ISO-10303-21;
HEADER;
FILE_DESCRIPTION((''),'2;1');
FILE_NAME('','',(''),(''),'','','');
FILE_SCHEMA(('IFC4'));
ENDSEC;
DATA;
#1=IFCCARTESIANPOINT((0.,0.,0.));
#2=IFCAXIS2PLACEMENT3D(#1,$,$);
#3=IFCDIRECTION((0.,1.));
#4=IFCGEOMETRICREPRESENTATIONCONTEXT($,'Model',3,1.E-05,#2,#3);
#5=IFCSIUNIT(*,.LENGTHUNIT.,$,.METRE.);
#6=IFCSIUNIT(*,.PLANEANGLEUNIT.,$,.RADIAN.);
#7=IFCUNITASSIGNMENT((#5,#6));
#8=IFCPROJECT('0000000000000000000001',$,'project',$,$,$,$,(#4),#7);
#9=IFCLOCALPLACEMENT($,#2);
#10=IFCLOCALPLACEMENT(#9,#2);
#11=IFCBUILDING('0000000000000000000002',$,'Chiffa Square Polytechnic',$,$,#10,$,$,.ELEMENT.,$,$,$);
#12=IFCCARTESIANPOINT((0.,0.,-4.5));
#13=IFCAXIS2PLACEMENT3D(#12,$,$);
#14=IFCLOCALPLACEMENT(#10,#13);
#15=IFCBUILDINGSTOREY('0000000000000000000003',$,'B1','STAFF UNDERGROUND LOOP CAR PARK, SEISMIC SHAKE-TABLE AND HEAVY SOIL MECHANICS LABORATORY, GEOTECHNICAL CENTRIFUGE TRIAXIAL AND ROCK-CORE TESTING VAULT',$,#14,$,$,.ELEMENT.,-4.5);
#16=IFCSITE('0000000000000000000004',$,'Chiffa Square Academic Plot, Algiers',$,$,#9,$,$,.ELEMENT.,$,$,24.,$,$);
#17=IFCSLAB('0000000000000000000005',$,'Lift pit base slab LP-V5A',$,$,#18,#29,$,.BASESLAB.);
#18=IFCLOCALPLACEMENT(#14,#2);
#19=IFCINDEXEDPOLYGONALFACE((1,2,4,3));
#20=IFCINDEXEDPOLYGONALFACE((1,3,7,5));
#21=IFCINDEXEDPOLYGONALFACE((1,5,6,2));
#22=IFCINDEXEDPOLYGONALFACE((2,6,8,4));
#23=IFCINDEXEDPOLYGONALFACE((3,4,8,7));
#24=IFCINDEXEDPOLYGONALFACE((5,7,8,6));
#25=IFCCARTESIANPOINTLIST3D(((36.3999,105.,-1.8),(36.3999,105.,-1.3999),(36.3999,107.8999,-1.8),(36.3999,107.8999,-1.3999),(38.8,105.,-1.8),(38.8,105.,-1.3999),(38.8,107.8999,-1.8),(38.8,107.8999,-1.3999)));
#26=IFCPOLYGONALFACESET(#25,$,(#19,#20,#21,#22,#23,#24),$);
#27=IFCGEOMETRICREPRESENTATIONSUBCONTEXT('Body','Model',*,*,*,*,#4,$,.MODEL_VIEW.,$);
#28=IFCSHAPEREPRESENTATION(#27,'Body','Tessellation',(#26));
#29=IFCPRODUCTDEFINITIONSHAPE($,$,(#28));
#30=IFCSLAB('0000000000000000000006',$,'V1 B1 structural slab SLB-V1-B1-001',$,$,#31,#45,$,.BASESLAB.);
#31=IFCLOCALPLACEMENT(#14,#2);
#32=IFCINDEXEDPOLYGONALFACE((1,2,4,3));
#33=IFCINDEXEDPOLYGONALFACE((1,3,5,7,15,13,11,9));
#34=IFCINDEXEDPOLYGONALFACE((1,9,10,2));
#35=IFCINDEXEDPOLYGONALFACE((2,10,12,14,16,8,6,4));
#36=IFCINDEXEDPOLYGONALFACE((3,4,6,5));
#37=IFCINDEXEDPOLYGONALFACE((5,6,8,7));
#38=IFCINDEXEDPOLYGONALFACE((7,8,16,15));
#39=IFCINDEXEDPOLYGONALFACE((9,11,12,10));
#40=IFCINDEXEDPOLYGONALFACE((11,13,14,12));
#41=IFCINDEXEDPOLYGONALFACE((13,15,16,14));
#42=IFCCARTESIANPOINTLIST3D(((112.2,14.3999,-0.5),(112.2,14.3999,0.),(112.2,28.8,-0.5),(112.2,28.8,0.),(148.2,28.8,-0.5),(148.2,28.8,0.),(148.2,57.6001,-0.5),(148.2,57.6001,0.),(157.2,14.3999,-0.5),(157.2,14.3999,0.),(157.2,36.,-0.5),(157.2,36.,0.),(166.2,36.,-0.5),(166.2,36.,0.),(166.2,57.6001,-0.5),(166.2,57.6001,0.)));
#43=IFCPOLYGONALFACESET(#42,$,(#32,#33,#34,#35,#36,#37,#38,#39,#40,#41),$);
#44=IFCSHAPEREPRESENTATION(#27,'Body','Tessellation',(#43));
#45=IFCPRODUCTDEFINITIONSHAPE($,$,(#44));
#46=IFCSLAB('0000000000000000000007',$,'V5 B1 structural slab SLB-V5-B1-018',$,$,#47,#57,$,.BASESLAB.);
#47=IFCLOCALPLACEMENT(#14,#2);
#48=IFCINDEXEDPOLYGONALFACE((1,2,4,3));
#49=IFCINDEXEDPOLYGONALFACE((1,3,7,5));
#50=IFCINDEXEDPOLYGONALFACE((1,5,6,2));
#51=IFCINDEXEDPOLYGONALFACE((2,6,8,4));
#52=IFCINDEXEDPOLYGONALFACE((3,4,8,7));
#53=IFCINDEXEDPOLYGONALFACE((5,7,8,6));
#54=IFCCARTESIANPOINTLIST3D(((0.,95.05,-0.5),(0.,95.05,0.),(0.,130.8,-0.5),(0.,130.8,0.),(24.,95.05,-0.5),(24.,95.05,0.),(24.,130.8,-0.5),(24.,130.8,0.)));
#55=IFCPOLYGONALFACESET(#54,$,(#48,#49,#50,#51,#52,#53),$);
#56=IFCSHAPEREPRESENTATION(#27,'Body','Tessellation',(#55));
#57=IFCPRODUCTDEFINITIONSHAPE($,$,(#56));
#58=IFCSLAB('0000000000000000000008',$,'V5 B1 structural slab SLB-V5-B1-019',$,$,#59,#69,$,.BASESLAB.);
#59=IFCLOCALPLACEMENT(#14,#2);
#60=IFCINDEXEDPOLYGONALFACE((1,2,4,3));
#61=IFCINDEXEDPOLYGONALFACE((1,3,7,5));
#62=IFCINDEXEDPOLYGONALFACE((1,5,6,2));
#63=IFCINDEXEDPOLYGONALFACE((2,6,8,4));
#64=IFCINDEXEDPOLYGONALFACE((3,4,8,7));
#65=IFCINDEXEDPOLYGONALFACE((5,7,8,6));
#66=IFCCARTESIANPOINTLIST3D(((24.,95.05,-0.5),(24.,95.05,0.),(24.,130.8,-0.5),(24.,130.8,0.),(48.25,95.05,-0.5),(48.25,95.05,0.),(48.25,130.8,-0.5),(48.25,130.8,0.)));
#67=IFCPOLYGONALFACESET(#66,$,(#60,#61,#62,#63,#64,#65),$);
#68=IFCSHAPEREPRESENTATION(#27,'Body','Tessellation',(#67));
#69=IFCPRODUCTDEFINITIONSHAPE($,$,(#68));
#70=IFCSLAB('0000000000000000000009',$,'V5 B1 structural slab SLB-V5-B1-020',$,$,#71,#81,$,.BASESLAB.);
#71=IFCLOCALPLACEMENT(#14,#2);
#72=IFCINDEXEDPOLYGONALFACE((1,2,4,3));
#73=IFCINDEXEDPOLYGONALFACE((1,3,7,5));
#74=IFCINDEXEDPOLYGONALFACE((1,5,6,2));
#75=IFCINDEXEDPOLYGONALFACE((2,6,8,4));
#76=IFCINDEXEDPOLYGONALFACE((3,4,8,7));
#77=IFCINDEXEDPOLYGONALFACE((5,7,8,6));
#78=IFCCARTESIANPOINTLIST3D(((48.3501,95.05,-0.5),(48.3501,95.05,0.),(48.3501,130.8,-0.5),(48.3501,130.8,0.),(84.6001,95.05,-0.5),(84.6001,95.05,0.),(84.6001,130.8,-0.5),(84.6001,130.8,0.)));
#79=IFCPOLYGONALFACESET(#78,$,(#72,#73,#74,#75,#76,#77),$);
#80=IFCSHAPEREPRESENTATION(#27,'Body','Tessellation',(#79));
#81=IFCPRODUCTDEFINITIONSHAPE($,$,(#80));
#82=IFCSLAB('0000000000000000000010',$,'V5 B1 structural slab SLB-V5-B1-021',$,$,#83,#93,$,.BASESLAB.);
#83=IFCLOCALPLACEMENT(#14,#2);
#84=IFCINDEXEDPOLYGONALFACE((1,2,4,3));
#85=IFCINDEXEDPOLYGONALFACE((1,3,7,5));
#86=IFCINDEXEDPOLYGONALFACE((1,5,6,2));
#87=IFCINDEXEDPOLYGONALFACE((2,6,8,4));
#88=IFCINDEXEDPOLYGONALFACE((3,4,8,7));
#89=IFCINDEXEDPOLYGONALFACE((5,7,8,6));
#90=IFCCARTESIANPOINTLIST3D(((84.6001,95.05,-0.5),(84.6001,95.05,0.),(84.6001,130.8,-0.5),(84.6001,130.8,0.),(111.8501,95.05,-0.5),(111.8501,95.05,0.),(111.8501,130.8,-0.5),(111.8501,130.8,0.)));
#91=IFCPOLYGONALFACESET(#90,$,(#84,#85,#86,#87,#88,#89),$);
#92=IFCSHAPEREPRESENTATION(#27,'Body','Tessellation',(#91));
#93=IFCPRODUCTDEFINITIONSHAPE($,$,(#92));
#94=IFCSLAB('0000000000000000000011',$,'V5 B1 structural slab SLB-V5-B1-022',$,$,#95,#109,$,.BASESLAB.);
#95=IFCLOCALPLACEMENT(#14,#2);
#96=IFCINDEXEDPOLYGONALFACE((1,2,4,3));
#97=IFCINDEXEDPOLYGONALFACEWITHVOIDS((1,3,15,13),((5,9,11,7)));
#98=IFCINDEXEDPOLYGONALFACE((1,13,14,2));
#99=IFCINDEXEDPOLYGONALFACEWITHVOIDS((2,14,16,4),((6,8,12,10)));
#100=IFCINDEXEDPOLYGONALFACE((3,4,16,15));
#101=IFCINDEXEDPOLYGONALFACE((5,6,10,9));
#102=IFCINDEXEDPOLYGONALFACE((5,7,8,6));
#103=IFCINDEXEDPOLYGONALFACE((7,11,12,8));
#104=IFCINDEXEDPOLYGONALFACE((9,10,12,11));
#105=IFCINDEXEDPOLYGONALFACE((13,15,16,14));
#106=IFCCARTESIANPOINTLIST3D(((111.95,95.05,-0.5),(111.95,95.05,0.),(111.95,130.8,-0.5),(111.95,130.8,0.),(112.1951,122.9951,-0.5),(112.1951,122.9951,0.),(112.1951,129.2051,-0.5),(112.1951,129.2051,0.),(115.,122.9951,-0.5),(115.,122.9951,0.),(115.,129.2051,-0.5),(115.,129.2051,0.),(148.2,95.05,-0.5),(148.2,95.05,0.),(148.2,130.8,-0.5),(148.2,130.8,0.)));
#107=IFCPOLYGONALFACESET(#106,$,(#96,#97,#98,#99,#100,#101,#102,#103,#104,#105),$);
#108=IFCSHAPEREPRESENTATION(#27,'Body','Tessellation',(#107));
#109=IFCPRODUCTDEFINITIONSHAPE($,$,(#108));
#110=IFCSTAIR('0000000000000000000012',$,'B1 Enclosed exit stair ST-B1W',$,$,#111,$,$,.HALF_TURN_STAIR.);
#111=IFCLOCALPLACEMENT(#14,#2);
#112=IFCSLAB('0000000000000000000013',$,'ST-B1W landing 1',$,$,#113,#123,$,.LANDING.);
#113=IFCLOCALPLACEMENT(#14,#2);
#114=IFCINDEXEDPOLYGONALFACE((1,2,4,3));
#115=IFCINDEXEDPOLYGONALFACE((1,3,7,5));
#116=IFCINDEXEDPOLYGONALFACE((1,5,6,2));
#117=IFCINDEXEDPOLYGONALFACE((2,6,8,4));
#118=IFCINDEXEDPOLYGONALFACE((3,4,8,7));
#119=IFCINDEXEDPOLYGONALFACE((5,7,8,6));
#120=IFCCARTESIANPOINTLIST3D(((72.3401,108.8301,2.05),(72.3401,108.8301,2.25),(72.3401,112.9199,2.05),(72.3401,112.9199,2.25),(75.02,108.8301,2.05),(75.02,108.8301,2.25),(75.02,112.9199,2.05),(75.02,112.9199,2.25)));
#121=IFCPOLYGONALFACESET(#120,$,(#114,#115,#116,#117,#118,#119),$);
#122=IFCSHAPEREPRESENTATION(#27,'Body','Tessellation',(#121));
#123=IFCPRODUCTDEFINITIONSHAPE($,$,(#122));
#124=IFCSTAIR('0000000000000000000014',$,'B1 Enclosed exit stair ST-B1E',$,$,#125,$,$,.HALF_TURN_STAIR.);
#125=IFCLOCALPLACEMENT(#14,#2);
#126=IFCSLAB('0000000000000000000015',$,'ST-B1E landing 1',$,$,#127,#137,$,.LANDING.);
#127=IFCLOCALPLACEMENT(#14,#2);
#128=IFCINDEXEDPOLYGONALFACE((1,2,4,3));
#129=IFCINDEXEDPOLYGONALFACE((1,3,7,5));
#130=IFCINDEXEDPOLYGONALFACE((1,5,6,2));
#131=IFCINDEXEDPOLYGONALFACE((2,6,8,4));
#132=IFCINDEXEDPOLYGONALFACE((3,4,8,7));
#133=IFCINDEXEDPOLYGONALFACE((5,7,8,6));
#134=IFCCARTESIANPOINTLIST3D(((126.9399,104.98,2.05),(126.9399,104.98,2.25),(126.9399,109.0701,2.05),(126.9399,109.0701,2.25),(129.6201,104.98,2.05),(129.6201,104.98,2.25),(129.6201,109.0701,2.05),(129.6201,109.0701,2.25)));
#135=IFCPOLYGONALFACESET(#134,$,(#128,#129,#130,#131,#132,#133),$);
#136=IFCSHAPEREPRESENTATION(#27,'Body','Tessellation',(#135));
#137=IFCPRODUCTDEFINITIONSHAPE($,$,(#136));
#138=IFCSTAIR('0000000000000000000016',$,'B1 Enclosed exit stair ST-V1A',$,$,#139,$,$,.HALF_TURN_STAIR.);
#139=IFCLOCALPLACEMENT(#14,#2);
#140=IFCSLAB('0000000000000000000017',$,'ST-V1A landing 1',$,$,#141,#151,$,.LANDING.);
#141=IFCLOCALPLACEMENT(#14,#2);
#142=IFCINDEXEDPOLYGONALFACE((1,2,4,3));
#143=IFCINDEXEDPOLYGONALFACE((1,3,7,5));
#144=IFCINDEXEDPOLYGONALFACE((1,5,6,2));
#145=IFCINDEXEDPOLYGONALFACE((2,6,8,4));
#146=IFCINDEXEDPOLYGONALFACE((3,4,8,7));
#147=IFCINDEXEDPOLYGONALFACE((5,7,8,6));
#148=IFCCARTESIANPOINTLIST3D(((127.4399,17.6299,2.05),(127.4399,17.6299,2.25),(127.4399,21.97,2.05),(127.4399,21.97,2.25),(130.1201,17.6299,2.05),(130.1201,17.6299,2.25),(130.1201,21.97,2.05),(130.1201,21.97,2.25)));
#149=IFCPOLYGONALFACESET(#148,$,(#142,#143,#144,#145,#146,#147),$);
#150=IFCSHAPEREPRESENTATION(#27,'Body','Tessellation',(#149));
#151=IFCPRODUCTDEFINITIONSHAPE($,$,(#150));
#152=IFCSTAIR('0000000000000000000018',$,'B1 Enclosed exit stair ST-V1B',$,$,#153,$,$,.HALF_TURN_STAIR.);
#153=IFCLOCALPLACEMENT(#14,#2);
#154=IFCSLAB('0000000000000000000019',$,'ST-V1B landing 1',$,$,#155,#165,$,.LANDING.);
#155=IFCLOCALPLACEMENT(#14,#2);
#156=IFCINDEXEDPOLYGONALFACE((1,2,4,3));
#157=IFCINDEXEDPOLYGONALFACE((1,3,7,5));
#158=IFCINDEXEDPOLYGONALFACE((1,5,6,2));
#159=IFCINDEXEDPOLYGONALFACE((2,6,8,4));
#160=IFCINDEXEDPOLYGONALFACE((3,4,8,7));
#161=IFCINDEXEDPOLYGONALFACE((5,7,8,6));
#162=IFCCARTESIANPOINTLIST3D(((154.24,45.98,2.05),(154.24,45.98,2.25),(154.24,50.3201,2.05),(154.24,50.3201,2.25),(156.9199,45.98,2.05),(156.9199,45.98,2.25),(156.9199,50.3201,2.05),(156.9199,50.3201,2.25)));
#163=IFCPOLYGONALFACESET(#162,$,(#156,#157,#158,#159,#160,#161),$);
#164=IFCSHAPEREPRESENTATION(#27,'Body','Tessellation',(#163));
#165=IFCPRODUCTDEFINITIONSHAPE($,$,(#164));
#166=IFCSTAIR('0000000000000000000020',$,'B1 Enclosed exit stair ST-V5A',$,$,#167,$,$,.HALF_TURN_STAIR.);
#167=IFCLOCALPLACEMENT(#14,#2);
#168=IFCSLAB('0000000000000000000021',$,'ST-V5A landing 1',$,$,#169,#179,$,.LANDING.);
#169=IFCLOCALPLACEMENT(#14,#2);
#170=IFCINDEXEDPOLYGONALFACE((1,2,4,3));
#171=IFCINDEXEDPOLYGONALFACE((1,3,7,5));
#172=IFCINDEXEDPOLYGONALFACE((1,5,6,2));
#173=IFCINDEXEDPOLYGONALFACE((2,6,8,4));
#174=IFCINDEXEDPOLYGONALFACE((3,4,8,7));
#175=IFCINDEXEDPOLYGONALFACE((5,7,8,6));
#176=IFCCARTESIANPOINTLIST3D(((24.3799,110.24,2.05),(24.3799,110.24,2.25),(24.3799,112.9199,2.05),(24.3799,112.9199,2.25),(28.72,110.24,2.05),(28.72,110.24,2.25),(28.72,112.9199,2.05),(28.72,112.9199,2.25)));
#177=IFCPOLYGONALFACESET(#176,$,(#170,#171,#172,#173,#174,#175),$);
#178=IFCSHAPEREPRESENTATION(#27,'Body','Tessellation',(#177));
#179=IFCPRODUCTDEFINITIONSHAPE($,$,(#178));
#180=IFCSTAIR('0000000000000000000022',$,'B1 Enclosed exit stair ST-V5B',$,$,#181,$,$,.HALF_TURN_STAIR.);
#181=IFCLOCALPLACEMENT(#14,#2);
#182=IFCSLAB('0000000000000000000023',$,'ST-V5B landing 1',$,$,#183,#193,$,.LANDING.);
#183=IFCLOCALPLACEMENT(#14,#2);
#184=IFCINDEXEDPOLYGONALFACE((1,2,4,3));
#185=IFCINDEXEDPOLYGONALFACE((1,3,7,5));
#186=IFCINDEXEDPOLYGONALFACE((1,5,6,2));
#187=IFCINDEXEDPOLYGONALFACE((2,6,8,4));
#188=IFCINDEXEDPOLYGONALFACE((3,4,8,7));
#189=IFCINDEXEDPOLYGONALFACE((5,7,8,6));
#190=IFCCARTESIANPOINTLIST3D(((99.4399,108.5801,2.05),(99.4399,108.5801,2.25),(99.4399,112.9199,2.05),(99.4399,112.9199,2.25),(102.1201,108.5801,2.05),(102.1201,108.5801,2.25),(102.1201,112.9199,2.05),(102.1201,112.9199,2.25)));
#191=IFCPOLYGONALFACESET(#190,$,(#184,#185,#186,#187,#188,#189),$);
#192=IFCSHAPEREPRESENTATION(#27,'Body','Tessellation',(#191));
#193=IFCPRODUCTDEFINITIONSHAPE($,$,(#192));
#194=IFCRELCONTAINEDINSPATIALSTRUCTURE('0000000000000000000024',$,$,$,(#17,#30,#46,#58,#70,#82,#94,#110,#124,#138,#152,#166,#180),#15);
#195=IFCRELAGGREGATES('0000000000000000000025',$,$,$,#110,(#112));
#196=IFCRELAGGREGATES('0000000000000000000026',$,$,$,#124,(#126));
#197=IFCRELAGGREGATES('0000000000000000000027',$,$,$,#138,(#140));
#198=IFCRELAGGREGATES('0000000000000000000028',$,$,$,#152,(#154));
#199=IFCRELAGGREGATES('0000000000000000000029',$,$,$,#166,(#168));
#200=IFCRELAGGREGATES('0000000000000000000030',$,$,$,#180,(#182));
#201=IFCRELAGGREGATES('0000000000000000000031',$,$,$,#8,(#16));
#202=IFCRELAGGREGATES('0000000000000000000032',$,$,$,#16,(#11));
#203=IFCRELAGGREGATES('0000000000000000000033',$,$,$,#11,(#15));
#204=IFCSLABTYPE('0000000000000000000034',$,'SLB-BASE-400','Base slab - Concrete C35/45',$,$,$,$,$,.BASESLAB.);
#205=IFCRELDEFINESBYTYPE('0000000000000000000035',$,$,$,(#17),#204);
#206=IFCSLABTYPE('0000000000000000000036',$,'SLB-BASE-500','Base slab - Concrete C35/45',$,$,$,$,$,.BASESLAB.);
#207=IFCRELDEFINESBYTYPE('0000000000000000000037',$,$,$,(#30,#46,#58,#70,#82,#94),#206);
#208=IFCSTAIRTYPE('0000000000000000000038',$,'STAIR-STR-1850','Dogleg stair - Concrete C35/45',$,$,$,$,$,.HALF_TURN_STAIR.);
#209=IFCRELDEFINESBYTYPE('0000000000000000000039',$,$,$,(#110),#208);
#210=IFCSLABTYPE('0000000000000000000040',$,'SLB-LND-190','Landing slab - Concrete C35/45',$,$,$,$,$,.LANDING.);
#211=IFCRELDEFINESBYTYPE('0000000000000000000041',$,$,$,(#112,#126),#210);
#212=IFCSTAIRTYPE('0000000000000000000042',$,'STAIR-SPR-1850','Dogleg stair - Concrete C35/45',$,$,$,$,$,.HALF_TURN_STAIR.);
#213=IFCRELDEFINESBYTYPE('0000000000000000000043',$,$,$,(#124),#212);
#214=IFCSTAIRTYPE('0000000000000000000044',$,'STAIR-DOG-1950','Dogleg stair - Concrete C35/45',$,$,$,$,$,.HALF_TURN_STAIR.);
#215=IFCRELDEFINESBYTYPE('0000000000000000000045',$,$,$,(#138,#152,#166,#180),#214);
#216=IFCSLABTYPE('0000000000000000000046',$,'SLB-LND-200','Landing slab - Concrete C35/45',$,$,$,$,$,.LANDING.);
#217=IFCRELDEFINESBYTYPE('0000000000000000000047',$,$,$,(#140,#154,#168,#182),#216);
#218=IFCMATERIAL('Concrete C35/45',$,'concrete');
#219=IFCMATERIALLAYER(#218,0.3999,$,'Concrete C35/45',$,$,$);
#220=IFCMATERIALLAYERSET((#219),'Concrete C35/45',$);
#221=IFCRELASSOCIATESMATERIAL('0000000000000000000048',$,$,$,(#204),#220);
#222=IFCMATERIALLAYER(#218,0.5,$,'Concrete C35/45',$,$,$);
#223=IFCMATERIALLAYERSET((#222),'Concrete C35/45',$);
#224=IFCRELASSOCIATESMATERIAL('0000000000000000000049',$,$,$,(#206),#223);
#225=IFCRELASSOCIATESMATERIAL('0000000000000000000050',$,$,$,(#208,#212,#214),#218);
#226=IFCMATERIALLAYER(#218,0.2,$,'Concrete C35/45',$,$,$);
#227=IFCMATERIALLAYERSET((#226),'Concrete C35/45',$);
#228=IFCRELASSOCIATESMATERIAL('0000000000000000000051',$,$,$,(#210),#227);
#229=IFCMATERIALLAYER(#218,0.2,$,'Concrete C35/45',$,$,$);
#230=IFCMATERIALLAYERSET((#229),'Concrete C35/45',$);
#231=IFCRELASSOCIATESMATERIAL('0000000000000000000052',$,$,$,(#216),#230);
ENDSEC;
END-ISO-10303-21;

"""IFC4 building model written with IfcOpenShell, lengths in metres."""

from ifc_helpers import new_model, si_unit, direction, frame, origin, place, context, subcontext, project, spatial, polyline, outline, extrude, material, layer, layer_set, type_object, element, aggregate, save


model = new_model("IFC4")

# Units and contexts
model_context = context("Model", 3, precision=1e-05, world=origin(), true_north=direction((0.0, 1.0)))
body_context = subcontext(model_context, "Body", "Model", "MODEL_VIEW")
ifc_project = project(units=[si_unit("LENGTHUNIT", "METRE"), si_unit("PLANEANGLEUNIT", "RADIAN")], contexts=[model_context])

# Site, building, storey
site_placement = place(None, origin())
site = spatial("IfcSite", under=ifc_project, at=site_placement, Name="Chiffa Square Academic Plot, Algiers", CompositionType="ELEMENT", RefElevation=24.0)
building_placement = place(site_placement, origin())
building = spatial("IfcBuilding", under=site, at=building_placement, Name="Chiffa Square Polytechnic", CompositionType="ELEMENT")
storey_placement = place(building_placement, frame((0.0, 0.0, -4.5)))
storey = spatial("IfcBuildingStorey", under=building, at=storey_placement, Name="B1", Description="STAFF UNDERGROUND LOOP CAR PARK, SEISMIC SHAKE-TABLE AND HEAVY SOIL MECHANICS LABORATORY, GEOTECHNICAL CENTRIFUGE TRIAXIAL AND ROCK-CORE TESTING VAULT", CompositionType="ELEMENT", Elevation=-4.5)

# Shared definitions
ifc_material_1 = material(Name="Concrete C35/45", Category="concrete")

# Slabs
ifc_layer_1 = layer(ifc_material_1, 0.3999, Name="Concrete C35/45")
ifc_layer_set_1 = layer_set([ifc_layer_1], Name="Concrete C35/45")
slab_type_1 = type_object("IfcSlabType", Name="SLB-BASE-400", Description="Base slab - Concrete C35/45", PredefinedType="BASESLAB", material=ifc_layer_set_1)
slab_1_placement = place(storey_placement, frame((0.0, 0.0, -1.8)))
element("IfcSlab", 1, at=slab_1_placement, inside=storey, type_object=slab_type_1, Name="Lift pit base slab LP-V5A", PredefinedType="BASESLAB", context=body_context, shape_type="SweptSolid", body=[
    extrude(outline(polyline([(36.3999, 105.0), (38.8, 105.0), (38.8, 107.8999), (36.3999, 107.8999), (36.3999, 105.0)])), origin(), (0.0, 0.0, 1.0), 0.4001),
])
ifc_layer_2 = layer(ifc_material_1, 0.5, Name="Concrete C35/45")
ifc_layer_set_2 = layer_set([ifc_layer_2], Name="Concrete C35/45")
slab_type_2 = type_object("IfcSlabType", Name="SLB-BASE-500", Description="Base slab - Concrete C35/45", PredefinedType="BASESLAB", material=ifc_layer_set_2)
slab_2_placement = place(storey_placement, frame((0.0, 0.0, -0.5)))
element("IfcSlab", 2, at=slab_2_placement, inside=storey, type_object=slab_type_2, Name="V1 B1 structural slab SLB-V1-B1-001", PredefinedType="BASESLAB", context=body_context, shape_type="SweptSolid", body=[
    extrude(outline(polyline([(112.2, 28.8), (148.2, 28.8), (148.2, 57.6001), (166.2, 57.6001), (166.2, 36.0), (157.2, 36.0), (157.2, 14.3999), (112.2, 14.3999), (112.2, 28.8)])), origin(), (0.0, 0.0, 1.0), 0.5),
])
slab_3_placement = place(storey_placement, frame((0.0, 0.0, -0.5)))
element("IfcSlab", 3, at=slab_3_placement, inside=storey, type_object=slab_type_2, Name="V5 B1 structural slab SLB-V5-B1-018", PredefinedType="BASESLAB", context=body_context, shape_type="SweptSolid", body=[
    extrude(outline(polyline([(0.0, 95.05), (0.0, 130.8), (24.0, 130.8), (24.0, 95.05), (0.0, 95.05)])), origin(), (0.0, 0.0, 1.0), 0.5),
])
slab_4_placement = place(storey_placement, frame((0.0, 0.0, -0.5)))
element("IfcSlab", 4, at=slab_4_placement, inside=storey, type_object=slab_type_2, Name="V5 B1 structural slab SLB-V5-B1-019", PredefinedType="BASESLAB", context=body_context, shape_type="SweptSolid", body=[
    extrude(outline(polyline([(24.0, 95.05), (24.0, 130.8), (48.25, 130.8), (48.25, 95.05), (24.0, 95.05)])), origin(), (0.0, 0.0, 1.0), 0.5),
])
slab_5_placement = place(storey_placement, frame((0.0, 0.0, -0.5)))
element("IfcSlab", 5, at=slab_5_placement, inside=storey, type_object=slab_type_2, Name="V5 B1 structural slab SLB-V5-B1-020", PredefinedType="BASESLAB", context=body_context, shape_type="SweptSolid", body=[
    extrude(outline(polyline([(48.3501, 95.05), (48.3501, 130.8), (84.6001, 130.8), (84.6001, 95.05), (48.3501, 95.05)])), origin(), (0.0, 0.0, 1.0), 0.5),
])
slab_6_placement = place(storey_placement, frame((0.0, 0.0, -0.5)))
element("IfcSlab", 6, at=slab_6_placement, inside=storey, type_object=slab_type_2, Name="V5 B1 structural slab SLB-V5-B1-021", PredefinedType="BASESLAB", context=body_context, shape_type="SweptSolid", body=[
    extrude(outline(polyline([(84.6001, 95.05), (84.6001, 130.8), (111.8501, 130.8), (111.8501, 95.05), (84.6001, 95.05)])), origin(), (0.0, 0.0, 1.0), 0.5),
])
slab_7_placement = place(storey_placement, frame((0.0, 0.0, -0.5)))
element("IfcSlab", 7, at=slab_7_placement, inside=storey, type_object=slab_type_2, Name="V5 B1 structural slab SLB-V5-B1-022", PredefinedType="BASESLAB", context=body_context, shape_type="SweptSolid", body=[
    extrude(outline(polyline([(148.2, 130.8), (148.2, 95.05), (111.95, 95.05), (111.95, 130.8), (148.2, 130.8)]), holes=[polyline([(112.1951, 129.2051), (115.0, 129.2051), (115.0, 122.9951), (112.1951, 122.9951), (112.1951, 129.2051)])]), origin(), (0.0, 0.0, 1.0), 0.5),
])

# Stairs, slabs
stair_type_1 = type_object("IfcStairType", Name="STAIR-STR-1850", Description="Dogleg stair - Concrete C35/45", PredefinedType="HALF_TURN_STAIR", material=ifc_material_1)
stair_1_placement = place(storey_placement, origin())
stair_1 = element("IfcStair", 8, at=stair_1_placement, inside=storey, type_object=stair_type_1, Name="B1 Enclosed exit stair ST-B1W", PredefinedType="HALF_TURN_STAIR")
ifc_layer_3 = layer(ifc_material_1, 0.2, Name="Concrete C35/45")
ifc_layer_set_3 = layer_set([ifc_layer_3], Name="Concrete C35/45")
slab_type_3 = type_object("IfcSlabType", Name="SLB-LND-190", Description="Landing slab - Concrete C35/45", PredefinedType="LANDING", material=ifc_layer_set_3)
slab_8_placement = place(storey_placement, frame((0.0, 0.0, 2.05)))
slab_8 = element("IfcSlab", 9, at=slab_8_placement, type_object=slab_type_3, Name="ST-B1W landing 1", PredefinedType="LANDING", context=body_context, shape_type="SweptSolid", body=[
    extrude(outline(polyline([(72.3401, 108.8301), (72.3401, 112.9199), (75.02, 112.9199), (75.02, 108.8301), (72.3401, 108.8301)])), origin(), (0.0, 0.0, 1.0), 0.2),
])
aggregate(stair_1, [slab_8])
stair_type_2 = type_object("IfcStairType", Name="STAIR-SPR-1850", Description="Dogleg stair - Concrete C35/45", PredefinedType="HALF_TURN_STAIR", material=ifc_material_1)
stair_2_placement = place(storey_placement, origin())
stair_2 = element("IfcStair", 10, at=stair_2_placement, inside=storey, type_object=stair_type_2, Name="B1 Enclosed exit stair ST-B1E", PredefinedType="HALF_TURN_STAIR")
slab_9_placement = place(storey_placement, frame((0.0, 0.0, 2.05)))
slab_9 = element("IfcSlab", 11, at=slab_9_placement, type_object=slab_type_3, Name="ST-B1E landing 1", PredefinedType="LANDING", context=body_context, shape_type="SweptSolid", body=[
    extrude(outline(polyline([(126.9399, 104.98), (126.9399, 109.0701), (129.6201, 109.0701), (129.6201, 104.98), (126.9399, 104.98)])), origin(), (0.0, 0.0, 1.0), 0.2),
])
aggregate(stair_2, [slab_9])
stair_type_3 = type_object("IfcStairType", Name="STAIR-DOG-1950", Description="Dogleg stair - Concrete C35/45", PredefinedType="HALF_TURN_STAIR", material=ifc_material_1)
stair_3_placement = place(storey_placement, origin())
stair_3 = element("IfcStair", 12, at=stair_3_placement, inside=storey, type_object=stair_type_3, Name="B1 Enclosed exit stair ST-V1A", PredefinedType="HALF_TURN_STAIR")
ifc_layer_4 = layer(ifc_material_1, 0.2, Name="Concrete C35/45")
ifc_layer_set_4 = layer_set([ifc_layer_4], Name="Concrete C35/45")
slab_type_4 = type_object("IfcSlabType", Name="SLB-LND-200", Description="Landing slab - Concrete C35/45", PredefinedType="LANDING", material=ifc_layer_set_4)
slab_10_placement = place(storey_placement, frame((0.0, 0.0, 2.05)))
slab_10 = element("IfcSlab", 13, at=slab_10_placement, type_object=slab_type_4, Name="ST-V1A landing 1", PredefinedType="LANDING", context=body_context, shape_type="SweptSolid", body=[
    extrude(outline(polyline([(127.4399, 17.6299), (127.4399, 21.97), (130.1201, 21.97), (130.1201, 17.6299), (127.4399, 17.6299)])), origin(), (0.0, 0.0, 1.0), 0.2),
])
aggregate(stair_3, [slab_10])
stair_4_placement = place(storey_placement, origin())
stair_4 = element("IfcStair", 14, at=stair_4_placement, inside=storey, type_object=stair_type_3, Name="B1 Enclosed exit stair ST-V1B", PredefinedType="HALF_TURN_STAIR")
slab_11_placement = place(storey_placement, frame((0.0, 0.0, 2.05)))
slab_11 = element("IfcSlab", 15, at=slab_11_placement, type_object=slab_type_4, Name="ST-V1B landing 1", PredefinedType="LANDING", context=body_context, shape_type="SweptSolid", body=[
    extrude(outline(polyline([(154.24, 45.98), (154.24, 50.3201), (156.9199, 50.3201), (156.9199, 45.98), (154.24, 45.98)])), origin(), (0.0, 0.0, 1.0), 0.2),
])
aggregate(stair_4, [slab_11])
stair_5_placement = place(storey_placement, origin())
stair_5 = element("IfcStair", 16, at=stair_5_placement, inside=storey, type_object=stair_type_3, Name="B1 Enclosed exit stair ST-V5A", PredefinedType="HALF_TURN_STAIR")
slab_12_placement = place(storey_placement, frame((0.0, 0.0, 2.05)))
slab_12 = element("IfcSlab", 17, at=slab_12_placement, type_object=slab_type_4, Name="ST-V5A landing 1", PredefinedType="LANDING", context=body_context, shape_type="SweptSolid", body=[
    extrude(outline(polyline([(28.72, 110.24), (24.3799, 110.24), (24.3799, 112.9199), (28.72, 112.9199), (28.72, 110.24)])), origin(), (0.0, 0.0, 1.0), 0.2),
])
aggregate(stair_5, [slab_12])
stair_6_placement = place(storey_placement, origin())
stair_6 = element("IfcStair", 18, at=stair_6_placement, inside=storey, type_object=stair_type_3, Name="B1 Enclosed exit stair ST-V5B", PredefinedType="HALF_TURN_STAIR")
slab_13_placement = place(storey_placement, frame((0.0, 0.0, 2.05)))
slab_13 = element("IfcSlab", 19, at=slab_13_placement, type_object=slab_type_4, Name="ST-V5B landing 1", PredefinedType="LANDING", context=body_context, shape_type="SweptSolid", body=[
    extrude(outline(polyline([(99.4399, 108.5801), (99.4399, 112.9199), (102.1201, 112.9199), (102.1201, 108.5801), (99.4399, 108.5801)])), origin(), (0.0, 0.0, 1.0), 0.2),
])
aggregate(stair_6, [slab_13])

save(model, "model.ifc")
